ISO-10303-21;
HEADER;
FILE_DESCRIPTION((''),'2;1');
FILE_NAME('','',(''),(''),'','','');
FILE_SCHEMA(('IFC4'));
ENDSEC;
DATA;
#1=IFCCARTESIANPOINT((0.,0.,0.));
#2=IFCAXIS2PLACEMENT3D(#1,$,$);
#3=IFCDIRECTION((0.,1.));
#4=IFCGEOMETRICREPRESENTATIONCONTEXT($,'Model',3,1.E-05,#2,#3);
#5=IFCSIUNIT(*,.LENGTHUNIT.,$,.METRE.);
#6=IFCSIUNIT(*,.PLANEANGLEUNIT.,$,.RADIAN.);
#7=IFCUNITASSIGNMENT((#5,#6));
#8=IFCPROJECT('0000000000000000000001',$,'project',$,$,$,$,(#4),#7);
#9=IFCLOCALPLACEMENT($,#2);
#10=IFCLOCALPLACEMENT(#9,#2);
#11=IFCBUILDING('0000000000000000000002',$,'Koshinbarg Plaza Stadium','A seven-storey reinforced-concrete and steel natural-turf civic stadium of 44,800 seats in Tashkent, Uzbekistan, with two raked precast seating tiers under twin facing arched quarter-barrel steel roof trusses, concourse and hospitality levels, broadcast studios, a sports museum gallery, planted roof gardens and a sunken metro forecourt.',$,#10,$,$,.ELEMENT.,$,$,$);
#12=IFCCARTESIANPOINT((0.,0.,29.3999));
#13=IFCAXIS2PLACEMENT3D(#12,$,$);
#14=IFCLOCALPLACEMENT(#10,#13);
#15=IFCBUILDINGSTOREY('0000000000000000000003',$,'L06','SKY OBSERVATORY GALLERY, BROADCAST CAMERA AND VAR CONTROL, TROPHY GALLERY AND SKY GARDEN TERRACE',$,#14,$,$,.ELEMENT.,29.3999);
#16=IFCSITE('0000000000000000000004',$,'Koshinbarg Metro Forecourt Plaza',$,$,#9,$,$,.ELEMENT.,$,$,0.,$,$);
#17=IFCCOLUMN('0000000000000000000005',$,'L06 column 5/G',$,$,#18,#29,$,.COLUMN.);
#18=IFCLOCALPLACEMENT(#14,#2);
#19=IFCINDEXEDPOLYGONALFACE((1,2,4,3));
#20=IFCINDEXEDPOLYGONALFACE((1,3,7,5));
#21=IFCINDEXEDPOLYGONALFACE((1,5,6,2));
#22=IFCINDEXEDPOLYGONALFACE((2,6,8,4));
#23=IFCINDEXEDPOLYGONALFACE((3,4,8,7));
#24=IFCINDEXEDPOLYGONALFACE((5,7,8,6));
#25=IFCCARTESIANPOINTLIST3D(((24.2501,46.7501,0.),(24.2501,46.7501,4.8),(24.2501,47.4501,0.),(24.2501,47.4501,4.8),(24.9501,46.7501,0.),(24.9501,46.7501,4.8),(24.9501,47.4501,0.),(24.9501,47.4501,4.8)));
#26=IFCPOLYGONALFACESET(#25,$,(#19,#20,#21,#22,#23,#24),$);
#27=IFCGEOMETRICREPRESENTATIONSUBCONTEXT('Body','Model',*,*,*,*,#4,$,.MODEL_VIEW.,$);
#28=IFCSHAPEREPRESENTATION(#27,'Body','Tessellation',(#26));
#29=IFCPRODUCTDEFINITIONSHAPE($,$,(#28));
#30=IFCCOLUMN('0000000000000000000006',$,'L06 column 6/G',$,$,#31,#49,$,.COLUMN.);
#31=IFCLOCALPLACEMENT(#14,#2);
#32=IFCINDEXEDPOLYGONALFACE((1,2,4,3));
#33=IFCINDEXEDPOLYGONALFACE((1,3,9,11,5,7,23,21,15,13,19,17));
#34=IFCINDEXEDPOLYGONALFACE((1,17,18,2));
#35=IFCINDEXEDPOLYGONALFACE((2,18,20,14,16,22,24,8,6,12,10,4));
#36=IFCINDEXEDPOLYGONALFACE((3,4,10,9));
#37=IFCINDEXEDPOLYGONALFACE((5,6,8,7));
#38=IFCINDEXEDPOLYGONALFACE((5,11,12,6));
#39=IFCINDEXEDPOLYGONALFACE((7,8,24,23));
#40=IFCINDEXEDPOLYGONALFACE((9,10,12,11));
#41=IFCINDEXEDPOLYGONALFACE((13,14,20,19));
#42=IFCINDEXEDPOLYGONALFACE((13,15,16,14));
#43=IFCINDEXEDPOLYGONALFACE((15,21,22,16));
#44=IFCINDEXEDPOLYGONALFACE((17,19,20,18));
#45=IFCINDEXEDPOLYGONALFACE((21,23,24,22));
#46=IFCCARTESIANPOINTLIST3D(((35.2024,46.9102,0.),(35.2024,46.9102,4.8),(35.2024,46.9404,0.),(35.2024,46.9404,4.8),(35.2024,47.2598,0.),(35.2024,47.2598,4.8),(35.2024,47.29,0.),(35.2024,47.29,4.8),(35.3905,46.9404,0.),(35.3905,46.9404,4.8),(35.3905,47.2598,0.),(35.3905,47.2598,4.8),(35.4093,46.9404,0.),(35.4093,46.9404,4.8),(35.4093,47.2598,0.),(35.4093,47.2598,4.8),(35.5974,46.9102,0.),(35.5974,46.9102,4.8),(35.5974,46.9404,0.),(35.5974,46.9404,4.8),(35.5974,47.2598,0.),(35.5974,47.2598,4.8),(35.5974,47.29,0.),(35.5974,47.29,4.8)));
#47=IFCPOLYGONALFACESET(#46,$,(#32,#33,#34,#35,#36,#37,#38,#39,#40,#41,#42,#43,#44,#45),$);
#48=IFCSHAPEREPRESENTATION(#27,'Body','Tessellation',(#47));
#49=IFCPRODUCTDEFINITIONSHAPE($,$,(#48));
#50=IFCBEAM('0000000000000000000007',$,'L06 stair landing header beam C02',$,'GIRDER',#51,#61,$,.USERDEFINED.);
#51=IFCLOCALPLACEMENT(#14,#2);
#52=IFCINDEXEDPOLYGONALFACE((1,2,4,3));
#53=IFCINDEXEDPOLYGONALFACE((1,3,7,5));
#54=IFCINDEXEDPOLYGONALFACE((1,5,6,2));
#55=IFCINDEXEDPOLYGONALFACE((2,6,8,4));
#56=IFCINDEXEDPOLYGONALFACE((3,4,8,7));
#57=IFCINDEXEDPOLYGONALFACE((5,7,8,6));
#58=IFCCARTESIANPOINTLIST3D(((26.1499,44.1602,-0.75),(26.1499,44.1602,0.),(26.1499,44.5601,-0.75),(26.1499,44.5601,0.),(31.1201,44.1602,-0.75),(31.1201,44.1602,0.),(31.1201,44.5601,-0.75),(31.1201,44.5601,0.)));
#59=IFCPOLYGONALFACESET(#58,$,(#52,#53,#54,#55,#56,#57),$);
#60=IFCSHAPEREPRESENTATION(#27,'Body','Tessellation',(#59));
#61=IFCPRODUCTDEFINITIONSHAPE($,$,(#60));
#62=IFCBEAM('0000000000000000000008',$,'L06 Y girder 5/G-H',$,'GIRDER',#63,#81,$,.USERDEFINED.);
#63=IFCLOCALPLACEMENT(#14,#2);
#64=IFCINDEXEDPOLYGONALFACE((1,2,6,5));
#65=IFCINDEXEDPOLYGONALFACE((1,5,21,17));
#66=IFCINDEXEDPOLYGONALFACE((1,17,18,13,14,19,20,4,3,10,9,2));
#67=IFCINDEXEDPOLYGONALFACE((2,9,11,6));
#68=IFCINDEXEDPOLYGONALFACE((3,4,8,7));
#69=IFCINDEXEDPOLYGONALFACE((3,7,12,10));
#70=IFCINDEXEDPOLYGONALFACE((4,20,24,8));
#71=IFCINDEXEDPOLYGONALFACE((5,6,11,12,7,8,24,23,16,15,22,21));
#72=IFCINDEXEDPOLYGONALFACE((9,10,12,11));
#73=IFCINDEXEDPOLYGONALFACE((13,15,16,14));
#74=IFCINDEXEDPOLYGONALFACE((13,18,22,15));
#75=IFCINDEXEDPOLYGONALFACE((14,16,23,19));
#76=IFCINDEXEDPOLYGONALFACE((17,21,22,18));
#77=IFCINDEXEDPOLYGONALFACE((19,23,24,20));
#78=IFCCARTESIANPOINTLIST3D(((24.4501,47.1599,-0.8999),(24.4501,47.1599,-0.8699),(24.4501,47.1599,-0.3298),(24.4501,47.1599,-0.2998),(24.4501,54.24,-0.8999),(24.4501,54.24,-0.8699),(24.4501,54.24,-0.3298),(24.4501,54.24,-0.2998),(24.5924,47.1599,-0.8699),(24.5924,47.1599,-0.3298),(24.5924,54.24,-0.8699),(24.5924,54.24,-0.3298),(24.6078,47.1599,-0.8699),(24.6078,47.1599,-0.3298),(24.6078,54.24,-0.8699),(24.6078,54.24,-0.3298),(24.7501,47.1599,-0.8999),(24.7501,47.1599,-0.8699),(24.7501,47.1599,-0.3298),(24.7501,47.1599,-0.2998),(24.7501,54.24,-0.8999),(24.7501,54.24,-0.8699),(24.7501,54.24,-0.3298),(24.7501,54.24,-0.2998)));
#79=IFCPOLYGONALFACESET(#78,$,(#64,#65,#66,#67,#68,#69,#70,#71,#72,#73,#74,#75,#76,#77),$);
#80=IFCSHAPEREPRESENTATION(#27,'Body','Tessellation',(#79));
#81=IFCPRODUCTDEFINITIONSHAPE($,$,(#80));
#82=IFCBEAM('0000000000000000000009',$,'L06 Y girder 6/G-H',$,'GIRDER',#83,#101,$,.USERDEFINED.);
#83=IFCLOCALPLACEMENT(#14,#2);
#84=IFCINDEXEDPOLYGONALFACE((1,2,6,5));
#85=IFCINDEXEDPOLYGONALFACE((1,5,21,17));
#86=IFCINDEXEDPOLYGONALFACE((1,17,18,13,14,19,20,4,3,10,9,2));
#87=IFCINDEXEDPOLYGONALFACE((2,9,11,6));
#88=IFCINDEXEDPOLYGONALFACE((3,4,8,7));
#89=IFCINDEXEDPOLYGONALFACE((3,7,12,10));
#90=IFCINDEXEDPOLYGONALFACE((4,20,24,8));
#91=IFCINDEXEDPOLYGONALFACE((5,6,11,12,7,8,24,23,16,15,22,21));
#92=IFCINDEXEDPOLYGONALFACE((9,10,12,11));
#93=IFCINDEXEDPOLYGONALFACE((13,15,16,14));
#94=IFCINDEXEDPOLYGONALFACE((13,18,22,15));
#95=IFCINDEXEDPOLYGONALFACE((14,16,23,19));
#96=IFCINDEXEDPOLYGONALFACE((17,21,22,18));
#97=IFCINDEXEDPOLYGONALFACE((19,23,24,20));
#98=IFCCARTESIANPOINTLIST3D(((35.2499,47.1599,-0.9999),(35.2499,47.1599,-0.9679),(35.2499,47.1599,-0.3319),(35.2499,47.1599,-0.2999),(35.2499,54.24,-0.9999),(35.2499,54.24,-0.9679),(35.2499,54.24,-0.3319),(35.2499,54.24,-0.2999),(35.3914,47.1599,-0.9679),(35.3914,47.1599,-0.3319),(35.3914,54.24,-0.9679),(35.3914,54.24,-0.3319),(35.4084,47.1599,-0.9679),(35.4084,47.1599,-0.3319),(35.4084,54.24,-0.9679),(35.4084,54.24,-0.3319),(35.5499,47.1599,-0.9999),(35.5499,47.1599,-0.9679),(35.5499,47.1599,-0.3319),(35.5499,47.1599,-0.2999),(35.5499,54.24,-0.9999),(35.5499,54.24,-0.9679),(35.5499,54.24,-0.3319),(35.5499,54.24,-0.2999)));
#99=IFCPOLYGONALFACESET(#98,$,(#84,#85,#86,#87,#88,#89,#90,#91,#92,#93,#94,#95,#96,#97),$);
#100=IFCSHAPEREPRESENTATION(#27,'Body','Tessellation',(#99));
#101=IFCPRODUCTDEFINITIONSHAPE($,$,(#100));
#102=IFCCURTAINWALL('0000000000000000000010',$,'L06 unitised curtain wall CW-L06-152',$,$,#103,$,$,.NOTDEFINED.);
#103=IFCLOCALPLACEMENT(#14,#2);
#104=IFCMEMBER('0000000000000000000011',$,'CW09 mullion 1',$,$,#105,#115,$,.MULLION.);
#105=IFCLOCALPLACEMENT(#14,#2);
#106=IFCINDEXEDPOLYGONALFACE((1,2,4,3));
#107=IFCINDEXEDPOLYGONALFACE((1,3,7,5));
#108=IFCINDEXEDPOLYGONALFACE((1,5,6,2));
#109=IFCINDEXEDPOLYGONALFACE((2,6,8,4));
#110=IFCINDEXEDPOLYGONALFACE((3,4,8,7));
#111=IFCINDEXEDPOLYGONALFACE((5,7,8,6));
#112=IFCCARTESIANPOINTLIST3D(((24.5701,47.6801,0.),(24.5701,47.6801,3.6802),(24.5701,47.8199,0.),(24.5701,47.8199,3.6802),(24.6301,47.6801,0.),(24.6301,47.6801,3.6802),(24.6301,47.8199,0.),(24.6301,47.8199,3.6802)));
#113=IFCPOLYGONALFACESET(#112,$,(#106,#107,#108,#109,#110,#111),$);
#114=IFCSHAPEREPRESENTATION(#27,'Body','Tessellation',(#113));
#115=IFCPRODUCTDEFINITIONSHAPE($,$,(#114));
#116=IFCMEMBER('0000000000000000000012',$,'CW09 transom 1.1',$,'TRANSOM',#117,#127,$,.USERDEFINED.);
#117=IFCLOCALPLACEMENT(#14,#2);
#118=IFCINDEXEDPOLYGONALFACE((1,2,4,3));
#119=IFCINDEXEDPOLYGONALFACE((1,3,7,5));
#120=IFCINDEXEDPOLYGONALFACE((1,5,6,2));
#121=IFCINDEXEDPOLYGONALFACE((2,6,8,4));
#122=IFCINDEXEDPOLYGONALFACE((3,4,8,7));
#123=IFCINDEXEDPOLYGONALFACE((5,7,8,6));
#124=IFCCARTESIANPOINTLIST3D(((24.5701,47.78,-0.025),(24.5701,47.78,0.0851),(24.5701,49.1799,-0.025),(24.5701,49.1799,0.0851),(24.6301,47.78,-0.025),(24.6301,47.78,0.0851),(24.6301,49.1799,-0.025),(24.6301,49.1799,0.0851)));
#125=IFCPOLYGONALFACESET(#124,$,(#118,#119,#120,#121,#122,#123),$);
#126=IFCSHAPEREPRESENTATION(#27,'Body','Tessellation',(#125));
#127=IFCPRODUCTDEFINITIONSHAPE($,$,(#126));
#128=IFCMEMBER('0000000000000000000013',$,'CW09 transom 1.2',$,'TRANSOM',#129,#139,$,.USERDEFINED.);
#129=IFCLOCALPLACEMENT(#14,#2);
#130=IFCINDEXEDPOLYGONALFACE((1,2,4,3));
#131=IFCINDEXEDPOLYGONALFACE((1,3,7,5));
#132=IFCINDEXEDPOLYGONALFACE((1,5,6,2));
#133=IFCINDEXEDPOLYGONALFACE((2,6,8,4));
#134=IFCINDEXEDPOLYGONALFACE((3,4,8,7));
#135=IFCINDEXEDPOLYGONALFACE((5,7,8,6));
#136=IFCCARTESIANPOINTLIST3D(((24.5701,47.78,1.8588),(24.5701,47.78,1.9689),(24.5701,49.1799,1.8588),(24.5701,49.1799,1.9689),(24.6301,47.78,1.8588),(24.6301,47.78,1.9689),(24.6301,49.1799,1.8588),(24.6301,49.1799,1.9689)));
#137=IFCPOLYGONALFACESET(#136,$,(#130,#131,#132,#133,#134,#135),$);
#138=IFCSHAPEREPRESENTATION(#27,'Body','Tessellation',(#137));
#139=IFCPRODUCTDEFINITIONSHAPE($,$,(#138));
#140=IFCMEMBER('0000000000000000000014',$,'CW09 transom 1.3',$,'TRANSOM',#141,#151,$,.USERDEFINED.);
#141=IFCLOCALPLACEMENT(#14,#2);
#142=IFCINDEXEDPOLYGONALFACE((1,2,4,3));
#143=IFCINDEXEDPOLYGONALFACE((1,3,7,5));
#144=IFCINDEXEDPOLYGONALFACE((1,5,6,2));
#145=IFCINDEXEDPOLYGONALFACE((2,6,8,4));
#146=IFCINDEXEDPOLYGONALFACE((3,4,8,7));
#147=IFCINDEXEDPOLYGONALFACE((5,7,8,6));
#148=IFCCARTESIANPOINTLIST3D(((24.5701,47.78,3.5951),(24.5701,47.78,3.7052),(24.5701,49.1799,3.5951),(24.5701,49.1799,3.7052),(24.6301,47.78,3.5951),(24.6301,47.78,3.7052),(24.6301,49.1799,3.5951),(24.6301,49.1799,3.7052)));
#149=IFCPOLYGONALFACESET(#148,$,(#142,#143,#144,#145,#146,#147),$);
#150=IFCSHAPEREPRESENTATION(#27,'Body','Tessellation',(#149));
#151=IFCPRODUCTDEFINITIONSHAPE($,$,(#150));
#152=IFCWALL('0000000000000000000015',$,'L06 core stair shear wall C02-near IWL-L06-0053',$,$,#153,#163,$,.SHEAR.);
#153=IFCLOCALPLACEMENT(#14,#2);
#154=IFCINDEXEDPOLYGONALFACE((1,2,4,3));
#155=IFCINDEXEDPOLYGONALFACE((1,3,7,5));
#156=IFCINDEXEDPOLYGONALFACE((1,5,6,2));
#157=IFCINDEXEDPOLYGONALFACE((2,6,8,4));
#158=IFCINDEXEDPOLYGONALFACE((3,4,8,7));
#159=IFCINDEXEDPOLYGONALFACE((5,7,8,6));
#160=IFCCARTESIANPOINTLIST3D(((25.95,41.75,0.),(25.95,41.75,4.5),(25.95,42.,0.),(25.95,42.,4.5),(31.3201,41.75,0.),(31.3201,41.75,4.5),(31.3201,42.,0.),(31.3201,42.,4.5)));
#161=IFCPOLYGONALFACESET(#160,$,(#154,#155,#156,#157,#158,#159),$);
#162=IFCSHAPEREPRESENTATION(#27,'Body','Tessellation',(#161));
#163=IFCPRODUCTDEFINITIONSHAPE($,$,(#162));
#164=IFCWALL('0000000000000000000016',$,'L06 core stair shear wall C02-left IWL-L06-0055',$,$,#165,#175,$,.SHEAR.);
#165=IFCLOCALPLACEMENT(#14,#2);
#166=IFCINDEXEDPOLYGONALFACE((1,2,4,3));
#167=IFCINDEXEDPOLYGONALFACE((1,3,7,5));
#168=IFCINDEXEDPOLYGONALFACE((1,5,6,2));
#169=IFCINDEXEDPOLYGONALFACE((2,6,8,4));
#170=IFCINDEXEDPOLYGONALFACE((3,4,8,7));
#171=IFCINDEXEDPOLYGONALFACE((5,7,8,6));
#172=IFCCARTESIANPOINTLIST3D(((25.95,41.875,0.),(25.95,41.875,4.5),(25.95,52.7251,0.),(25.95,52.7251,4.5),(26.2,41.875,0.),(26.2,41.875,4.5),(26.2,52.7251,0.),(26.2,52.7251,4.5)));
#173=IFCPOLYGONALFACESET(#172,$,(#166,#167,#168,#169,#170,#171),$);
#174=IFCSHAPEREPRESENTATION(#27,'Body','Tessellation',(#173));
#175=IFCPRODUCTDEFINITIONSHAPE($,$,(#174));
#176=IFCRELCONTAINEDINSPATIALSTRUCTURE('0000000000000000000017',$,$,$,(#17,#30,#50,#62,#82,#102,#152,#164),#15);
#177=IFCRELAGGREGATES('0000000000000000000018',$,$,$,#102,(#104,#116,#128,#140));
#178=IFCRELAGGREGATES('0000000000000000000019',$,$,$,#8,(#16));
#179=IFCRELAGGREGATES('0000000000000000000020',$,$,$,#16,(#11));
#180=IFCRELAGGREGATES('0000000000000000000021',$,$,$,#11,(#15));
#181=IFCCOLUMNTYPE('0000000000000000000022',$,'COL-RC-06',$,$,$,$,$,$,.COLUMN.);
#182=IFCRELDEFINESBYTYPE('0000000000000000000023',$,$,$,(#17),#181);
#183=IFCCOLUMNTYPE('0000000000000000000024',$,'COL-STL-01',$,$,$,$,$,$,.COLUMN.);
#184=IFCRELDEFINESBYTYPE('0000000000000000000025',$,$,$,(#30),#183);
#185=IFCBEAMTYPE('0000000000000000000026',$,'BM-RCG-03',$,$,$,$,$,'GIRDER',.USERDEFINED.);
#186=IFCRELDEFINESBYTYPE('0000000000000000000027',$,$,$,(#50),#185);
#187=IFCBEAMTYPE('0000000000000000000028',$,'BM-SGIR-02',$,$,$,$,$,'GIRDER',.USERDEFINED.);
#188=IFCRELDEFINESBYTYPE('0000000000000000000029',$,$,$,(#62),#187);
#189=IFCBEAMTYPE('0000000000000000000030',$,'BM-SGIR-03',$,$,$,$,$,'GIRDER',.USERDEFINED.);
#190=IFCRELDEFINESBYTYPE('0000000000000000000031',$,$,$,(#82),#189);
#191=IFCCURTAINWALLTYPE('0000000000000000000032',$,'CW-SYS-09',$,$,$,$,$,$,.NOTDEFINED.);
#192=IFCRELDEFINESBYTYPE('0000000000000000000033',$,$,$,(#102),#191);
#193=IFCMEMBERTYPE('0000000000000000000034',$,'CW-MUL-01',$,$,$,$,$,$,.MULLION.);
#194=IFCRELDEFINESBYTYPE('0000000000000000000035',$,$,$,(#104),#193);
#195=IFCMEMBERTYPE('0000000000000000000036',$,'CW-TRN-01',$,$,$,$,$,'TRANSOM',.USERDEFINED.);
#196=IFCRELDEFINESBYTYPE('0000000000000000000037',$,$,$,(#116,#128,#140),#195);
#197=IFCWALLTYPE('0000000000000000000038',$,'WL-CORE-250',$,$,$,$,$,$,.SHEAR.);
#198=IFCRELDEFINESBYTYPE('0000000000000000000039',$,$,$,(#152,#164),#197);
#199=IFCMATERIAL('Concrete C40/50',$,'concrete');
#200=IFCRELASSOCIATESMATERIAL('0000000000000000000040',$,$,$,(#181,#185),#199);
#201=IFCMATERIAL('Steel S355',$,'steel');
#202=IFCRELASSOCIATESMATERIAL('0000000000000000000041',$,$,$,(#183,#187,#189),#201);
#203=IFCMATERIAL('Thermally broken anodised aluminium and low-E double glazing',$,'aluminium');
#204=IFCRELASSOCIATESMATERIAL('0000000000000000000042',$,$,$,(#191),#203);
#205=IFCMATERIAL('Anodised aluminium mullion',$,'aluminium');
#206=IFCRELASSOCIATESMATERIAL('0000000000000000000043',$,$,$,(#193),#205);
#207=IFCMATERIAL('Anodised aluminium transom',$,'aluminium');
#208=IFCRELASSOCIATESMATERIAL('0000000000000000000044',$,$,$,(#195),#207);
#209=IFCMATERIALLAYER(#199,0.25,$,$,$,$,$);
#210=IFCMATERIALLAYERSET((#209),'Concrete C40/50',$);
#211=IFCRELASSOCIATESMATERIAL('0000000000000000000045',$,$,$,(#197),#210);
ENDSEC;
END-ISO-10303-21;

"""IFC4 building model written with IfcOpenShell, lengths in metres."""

from ifc_helpers import new_model, si_unit, direction, frame, frame_2d, origin, origin_2d, place, context, subcontext, project, spatial, rectangle, i_section, extrude, material, layer, layer_set, material_profile, profile_set, type_object, element, aggregate, save


model = new_model("IFC4")

# Units and contexts
model_context = context("Model", 3, precision=1e-05, world=origin(), true_north=direction((0.0, 1.0)))
body_context = subcontext(model_context, "Body", "Model", "MODEL_VIEW")
ifc_project = project(units=[si_unit("LENGTHUNIT", "METRE"), si_unit("PLANEANGLEUNIT", "RADIAN")], contexts=[model_context])

# Site, building, storey
site_placement = place(None, origin())
site = spatial("IfcSite", under=ifc_project, at=site_placement, Name="Koshinbarg Metro Forecourt Plaza", CompositionType="ELEMENT", RefElevation=0.0)
building_placement = place(site_placement, origin())
building = spatial("IfcBuilding", under=site, at=building_placement, Name="Koshinbarg Plaza Stadium", Description="A seven-storey reinforced-concrete and steel natural-turf civic stadium of 44,800 seats in Tashkent, Uzbekistan, with two raked precast seating tiers under twin facing arched quarter-barrel steel roof trusses, concourse and hospitality levels, broadcast studios, a sports museum gallery, planted roof gardens and a sunken metro forecourt.", CompositionType="ELEMENT")
storey_placement = place(building_placement, frame((0.0, 0.0, 29.3999)))
storey = spatial("IfcBuildingStorey", under=building, at=storey_placement, Name="L06", Description="SKY OBSERVATORY GALLERY, BROADCAST CAMERA AND VAR CONTROL, TROPHY GALLERY AND SKY GARDEN TERRACE", CompositionType="ELEMENT", Elevation=29.3999)

# Columns
ifc_material_1 = material(Name="Concrete C40/50", Category="concrete")
ifc_material_profile_1 = material_profile(ifc_material_1, rectangle(XDim=0.7, YDim=0.7, at=origin_2d()), Name="RC 700x700")
ifc_profile_set_1 = profile_set([ifc_material_profile_1], Name="Concrete C40/50")
column_type_1 = type_object("IfcColumnType", Name="COL-RC-06", PredefinedType="COLUMN", material=ifc_profile_set_1)
column_1_placement = place(storey_placement, frame((24.6001, 47.1001, 0.0), z_axis=(0.0, 0.0, 1.0), x_axis=(1.0, 0.0, 0.0)))
element("IfcColumn", 1, at=column_1_placement, inside=storey, type_object=column_type_1, Name="L06 column 5/G", PredefinedType="COLUMN", context=body_context, shape_type="SweptSolid", body=[
    extrude(rectangle(XDim=0.7, YDim=0.7, at=origin_2d()), origin(), (0.0, 0.0, 1.0), 4.8),
])
ifc_material_2 = material(Name="Steel S355", Category="steel")
ifc_material_profile_2 = material_profile(ifc_material_2, i_section(OverallWidth=0.395, OverallDepth=0.3799, WebThickness=0.0188, FlangeThickness=0.0303, at=origin_2d()), Name="HD 400x237")
ifc_profile_set_2 = profile_set([ifc_material_profile_2], Name="Steel S355")
column_type_2 = type_object("IfcColumnType", Name="COL-STL-01", PredefinedType="COLUMN", material=ifc_profile_set_2)
column_2_placement = place(storey_placement, frame((35.3999, 47.1001, 0.0), z_axis=(0.0, 0.0, 1.0), x_axis=(1.0, 0.0, 0.0)))
element("IfcColumn", 2, at=column_2_placement, inside=storey, type_object=column_type_2, Name="L06 column 6/G", PredefinedType="COLUMN", context=body_context, shape_type="SweptSolid", body=[
    extrude(i_section(OverallWidth=0.395, OverallDepth=0.3799, WebThickness=0.0188, FlangeThickness=0.0303, at=origin_2d()), origin(), (0.0, 0.0, 1.0), 4.8),
])

# Beams
ifc_material_profile_3 = material_profile(ifc_material_1, rectangle(XDim=0.3999, YDim=0.75, at=origin_2d()), Name="RC 400x750")
ifc_profile_set_3 = profile_set([ifc_material_profile_3], Name="Concrete C40/50")
beam_type_1 = type_object("IfcBeamType", Name="BM-RCG-03", ElementType="GIRDER", PredefinedType="USERDEFINED", material=ifc_profile_set_3)
beam_1_placement = place(storey_placement, frame((26.1499, 44.3601, -0.375), z_axis=(1.0, 0.0, 0.0), x_axis=(0.0, 1.0, 0.0)))
element("IfcBeam", 3, at=beam_1_placement, inside=storey, type_object=beam_type_1, Name="L06 stair landing header beam C02", ObjectType="GIRDER", PredefinedType="USERDEFINED", context=body_context, shape_type="SweptSolid", body=[
    extrude(rectangle(XDim=0.3999, YDim=0.75, at=origin_2d()), origin(), (0.0, 0.0, 1.0), 4.9702),
])
ifc_material_profile_4 = material_profile(ifc_material_2, i_section(OverallWidth=0.3, OverallDepth=0.6001, WebThickness=0.0154, FlangeThickness=0.03, at=origin_2d()), Name="HEB 600")
ifc_profile_set_4 = profile_set([ifc_material_profile_4], Name="Steel S355")
beam_type_2 = type_object("IfcBeamType", Name="BM-SGIR-02", ElementType="GIRDER", PredefinedType="USERDEFINED", material=ifc_profile_set_4)
beam_2_placement = place(storey_placement, frame((24.6001, 47.1599, -0.5999), z_axis=(0.0, 1.0, 0.0), x_axis=(-1.0, 0.0, 0.0)))
element("IfcBeam", 4, at=beam_2_placement, inside=storey, type_object=beam_type_2, Name="L06 Y girder 5/G-H", ObjectType="GIRDER", PredefinedType="USERDEFINED", context=body_context, shape_type="SweptSolid", body=[
    extrude(i_section(OverallWidth=0.3, OverallDepth=0.6001, WebThickness=0.0154, FlangeThickness=0.03, at=origin_2d()), origin(), (0.0, 0.0, 1.0), 7.0801),
])
ifc_material_profile_5 = material_profile(ifc_material_2, i_section(OverallWidth=0.3, OverallDepth=0.7, WebThickness=0.0171, FlangeThickness=0.032, at=origin_2d()), Name="HEB 700")
ifc_profile_set_5 = profile_set([ifc_material_profile_5], Name="Steel S355")
beam_type_3 = type_object("IfcBeamType", Name="BM-SGIR-03", ElementType="GIRDER", PredefinedType="USERDEFINED", material=ifc_profile_set_5)
beam_3_placement = place(storey_placement, frame((35.3999, 47.1599, -0.6499), z_axis=(0.0, 1.0, 0.0), x_axis=(-1.0, 0.0, 0.0)))
element("IfcBeam", 5, at=beam_3_placement, inside=storey, type_object=beam_type_3, Name="L06 Y girder 6/G-H", ObjectType="GIRDER", PredefinedType="USERDEFINED", context=body_context, shape_type="SweptSolid", body=[
    extrude(i_section(OverallWidth=0.3, OverallDepth=0.7, WebThickness=0.0171, FlangeThickness=0.032, at=origin_2d()), origin(), (0.0, 0.0, 1.0), 7.0801),
])

# Curtain wall, members
ifc_material_3 = material(Name="Thermally broken anodised aluminium and low-E double glazing", Category="aluminium")
curtain_wall_type = type_object("IfcCurtainWallType", Name="CW-SYS-09", PredefinedType="NOTDEFINED", material=ifc_material_3)
curtain_wall_placement = place(storey_placement, origin())
curtain_wall = element("IfcCurtainWall", 6, at=curtain_wall_placement, inside=storey, type_object=curtain_wall_type, Name="L06 unitised curtain wall CW-L06-152", PredefinedType="NOTDEFINED")
ifc_material_4 = material(Name="Anodised aluminium mullion", Category="aluminium")
ifc_material_profile_6 = material_profile(ifc_material_4, rectangle(XDim=0.0601, YDim=0.1399, at=origin_2d()), Name="ALU 60x140")
ifc_profile_set_6 = profile_set([ifc_material_profile_6], Name="Anodised aluminium mullion")
member_type_1 = type_object("IfcMemberType", Name="CW-MUL-01", PredefinedType="MULLION", material=ifc_profile_set_6)
member_1_placement = place(storey_placement, frame((24.6001, 47.75, 0.0), z_axis=(0.0, 0.0, 1.0), x_axis=(-1.0, 0.0, 0.0)))
member_1 = element("IfcMember", 7, at=member_1_placement, type_object=member_type_1, Name="CW09 mullion 1", PredefinedType="MULLION", context=body_context, shape_type="SweptSolid", body=[
    extrude(rectangle(XDim=0.0601, YDim=0.1399, at=origin_2d()), origin(), (0.0, 0.0, 1.0), 3.6802),
])
ifc_material_5 = material(Name="Anodised aluminium transom", Category="aluminium")
ifc_material_profile_7 = material_profile(ifc_material_5, rectangle(XDim=0.0601, YDim=0.1101, at=origin_2d()), Name="ALU 60x110")
ifc_profile_set_7 = profile_set([ifc_material_profile_7], Name="Anodised aluminium transom")
member_type_2 = type_object("IfcMemberType", Name="CW-TRN-01", ElementType="TRANSOM", PredefinedType="USERDEFINED", material=ifc_profile_set_7)
member_2_placement = place(storey_placement, frame((24.6001, 47.78, 0.03), z_axis=(0.0, 1.0, 0.0), x_axis=(-1.0, 0.0, 0.0)))
member_2 = element("IfcMember", 8, at=member_2_placement, type_object=member_type_2, Name="CW09 transom 1.1", ObjectType="TRANSOM", PredefinedType="USERDEFINED", context=body_context, shape_type="SweptSolid", body=[
    extrude(rectangle(XDim=0.0601, YDim=0.1101, at=origin_2d()), origin(), (0.0, 0.0, 1.0), 1.3999),
])
member_3_placement = place(storey_placement, frame((24.6001, 47.78, 1.9138), z_axis=(0.0, 1.0, 0.0), x_axis=(-1.0, 0.0, 0.0)))
member_3 = element("IfcMember", 9, at=member_3_placement, type_object=member_type_2, Name="CW09 transom 1.2", ObjectType="TRANSOM", PredefinedType="USERDEFINED", context=body_context, shape_type="SweptSolid", body=[
    extrude(rectangle(XDim=0.0601, YDim=0.1101, at=origin_2d()), origin(), (0.0, 0.0, 1.0), 1.3999),
])
member_4_placement = place(storey_placement, frame((24.6001, 47.78, 3.6501), z_axis=(0.0, 1.0, 0.0), x_axis=(-1.0, 0.0, 0.0)))
member_4 = element("IfcMember", 10, at=member_4_placement, type_object=member_type_2, Name="CW09 transom 1.3", ObjectType="TRANSOM", PredefinedType="USERDEFINED", context=body_context, shape_type="SweptSolid", body=[
    extrude(rectangle(XDim=0.0601, YDim=0.1101, at=origin_2d()), origin(), (0.0, 0.0, 1.0), 1.3999),
])
aggregate(curtain_wall, [member_1, member_2, member_3, member_4])

# Walls
ifc_layer_1 = layer(ifc_material_1, 0.25)
ifc_layer_set_1 = layer_set([ifc_layer_1], Name="Concrete C40/50")
wall_type_1 = type_object("IfcWallType", Name="WL-CORE-250", PredefinedType="SHEAR", material=ifc_layer_set_1)
wall_1_placement = place(storey_placement, frame((25.95, 41.875, 0.0), z_axis=(0.0, 0.0, 1.0), x_axis=(1.0, 0.0, 0.0)))
element("IfcWall", 11, at=wall_1_placement, inside=storey, type_object=wall_type_1, Name="L06 core stair shear wall C02-near IWL-L06-0053", PredefinedType="SHEAR", context=body_context, shape_type="SweptSolid", body=[
    extrude(rectangle(XDim=5.3701, YDim=0.25, at=frame_2d((2.6851, 0.0))), origin(), (0.0, 0.0, 1.0), 4.5),
])
wall_2_placement = place(storey_placement, frame((26.075, 41.875, 0.0), z_axis=(0.0, 0.0, 1.0), x_axis=(0.0, 1.0, 0.0)))
element("IfcWall", 12, at=wall_2_placement, inside=storey, type_object=wall_type_1, Name="L06 core stair shear wall C02-left IWL-L06-0055", PredefinedType="SHEAR", context=body_context, shape_type="SweptSolid", body=[
    extrude(rectangle(XDim=10.8501, YDim=0.25, at=frame_2d((5.425, 0.0))), origin(), (0.0, 0.0, 1.0), 4.5),
])

save(model, "model.ifc")
